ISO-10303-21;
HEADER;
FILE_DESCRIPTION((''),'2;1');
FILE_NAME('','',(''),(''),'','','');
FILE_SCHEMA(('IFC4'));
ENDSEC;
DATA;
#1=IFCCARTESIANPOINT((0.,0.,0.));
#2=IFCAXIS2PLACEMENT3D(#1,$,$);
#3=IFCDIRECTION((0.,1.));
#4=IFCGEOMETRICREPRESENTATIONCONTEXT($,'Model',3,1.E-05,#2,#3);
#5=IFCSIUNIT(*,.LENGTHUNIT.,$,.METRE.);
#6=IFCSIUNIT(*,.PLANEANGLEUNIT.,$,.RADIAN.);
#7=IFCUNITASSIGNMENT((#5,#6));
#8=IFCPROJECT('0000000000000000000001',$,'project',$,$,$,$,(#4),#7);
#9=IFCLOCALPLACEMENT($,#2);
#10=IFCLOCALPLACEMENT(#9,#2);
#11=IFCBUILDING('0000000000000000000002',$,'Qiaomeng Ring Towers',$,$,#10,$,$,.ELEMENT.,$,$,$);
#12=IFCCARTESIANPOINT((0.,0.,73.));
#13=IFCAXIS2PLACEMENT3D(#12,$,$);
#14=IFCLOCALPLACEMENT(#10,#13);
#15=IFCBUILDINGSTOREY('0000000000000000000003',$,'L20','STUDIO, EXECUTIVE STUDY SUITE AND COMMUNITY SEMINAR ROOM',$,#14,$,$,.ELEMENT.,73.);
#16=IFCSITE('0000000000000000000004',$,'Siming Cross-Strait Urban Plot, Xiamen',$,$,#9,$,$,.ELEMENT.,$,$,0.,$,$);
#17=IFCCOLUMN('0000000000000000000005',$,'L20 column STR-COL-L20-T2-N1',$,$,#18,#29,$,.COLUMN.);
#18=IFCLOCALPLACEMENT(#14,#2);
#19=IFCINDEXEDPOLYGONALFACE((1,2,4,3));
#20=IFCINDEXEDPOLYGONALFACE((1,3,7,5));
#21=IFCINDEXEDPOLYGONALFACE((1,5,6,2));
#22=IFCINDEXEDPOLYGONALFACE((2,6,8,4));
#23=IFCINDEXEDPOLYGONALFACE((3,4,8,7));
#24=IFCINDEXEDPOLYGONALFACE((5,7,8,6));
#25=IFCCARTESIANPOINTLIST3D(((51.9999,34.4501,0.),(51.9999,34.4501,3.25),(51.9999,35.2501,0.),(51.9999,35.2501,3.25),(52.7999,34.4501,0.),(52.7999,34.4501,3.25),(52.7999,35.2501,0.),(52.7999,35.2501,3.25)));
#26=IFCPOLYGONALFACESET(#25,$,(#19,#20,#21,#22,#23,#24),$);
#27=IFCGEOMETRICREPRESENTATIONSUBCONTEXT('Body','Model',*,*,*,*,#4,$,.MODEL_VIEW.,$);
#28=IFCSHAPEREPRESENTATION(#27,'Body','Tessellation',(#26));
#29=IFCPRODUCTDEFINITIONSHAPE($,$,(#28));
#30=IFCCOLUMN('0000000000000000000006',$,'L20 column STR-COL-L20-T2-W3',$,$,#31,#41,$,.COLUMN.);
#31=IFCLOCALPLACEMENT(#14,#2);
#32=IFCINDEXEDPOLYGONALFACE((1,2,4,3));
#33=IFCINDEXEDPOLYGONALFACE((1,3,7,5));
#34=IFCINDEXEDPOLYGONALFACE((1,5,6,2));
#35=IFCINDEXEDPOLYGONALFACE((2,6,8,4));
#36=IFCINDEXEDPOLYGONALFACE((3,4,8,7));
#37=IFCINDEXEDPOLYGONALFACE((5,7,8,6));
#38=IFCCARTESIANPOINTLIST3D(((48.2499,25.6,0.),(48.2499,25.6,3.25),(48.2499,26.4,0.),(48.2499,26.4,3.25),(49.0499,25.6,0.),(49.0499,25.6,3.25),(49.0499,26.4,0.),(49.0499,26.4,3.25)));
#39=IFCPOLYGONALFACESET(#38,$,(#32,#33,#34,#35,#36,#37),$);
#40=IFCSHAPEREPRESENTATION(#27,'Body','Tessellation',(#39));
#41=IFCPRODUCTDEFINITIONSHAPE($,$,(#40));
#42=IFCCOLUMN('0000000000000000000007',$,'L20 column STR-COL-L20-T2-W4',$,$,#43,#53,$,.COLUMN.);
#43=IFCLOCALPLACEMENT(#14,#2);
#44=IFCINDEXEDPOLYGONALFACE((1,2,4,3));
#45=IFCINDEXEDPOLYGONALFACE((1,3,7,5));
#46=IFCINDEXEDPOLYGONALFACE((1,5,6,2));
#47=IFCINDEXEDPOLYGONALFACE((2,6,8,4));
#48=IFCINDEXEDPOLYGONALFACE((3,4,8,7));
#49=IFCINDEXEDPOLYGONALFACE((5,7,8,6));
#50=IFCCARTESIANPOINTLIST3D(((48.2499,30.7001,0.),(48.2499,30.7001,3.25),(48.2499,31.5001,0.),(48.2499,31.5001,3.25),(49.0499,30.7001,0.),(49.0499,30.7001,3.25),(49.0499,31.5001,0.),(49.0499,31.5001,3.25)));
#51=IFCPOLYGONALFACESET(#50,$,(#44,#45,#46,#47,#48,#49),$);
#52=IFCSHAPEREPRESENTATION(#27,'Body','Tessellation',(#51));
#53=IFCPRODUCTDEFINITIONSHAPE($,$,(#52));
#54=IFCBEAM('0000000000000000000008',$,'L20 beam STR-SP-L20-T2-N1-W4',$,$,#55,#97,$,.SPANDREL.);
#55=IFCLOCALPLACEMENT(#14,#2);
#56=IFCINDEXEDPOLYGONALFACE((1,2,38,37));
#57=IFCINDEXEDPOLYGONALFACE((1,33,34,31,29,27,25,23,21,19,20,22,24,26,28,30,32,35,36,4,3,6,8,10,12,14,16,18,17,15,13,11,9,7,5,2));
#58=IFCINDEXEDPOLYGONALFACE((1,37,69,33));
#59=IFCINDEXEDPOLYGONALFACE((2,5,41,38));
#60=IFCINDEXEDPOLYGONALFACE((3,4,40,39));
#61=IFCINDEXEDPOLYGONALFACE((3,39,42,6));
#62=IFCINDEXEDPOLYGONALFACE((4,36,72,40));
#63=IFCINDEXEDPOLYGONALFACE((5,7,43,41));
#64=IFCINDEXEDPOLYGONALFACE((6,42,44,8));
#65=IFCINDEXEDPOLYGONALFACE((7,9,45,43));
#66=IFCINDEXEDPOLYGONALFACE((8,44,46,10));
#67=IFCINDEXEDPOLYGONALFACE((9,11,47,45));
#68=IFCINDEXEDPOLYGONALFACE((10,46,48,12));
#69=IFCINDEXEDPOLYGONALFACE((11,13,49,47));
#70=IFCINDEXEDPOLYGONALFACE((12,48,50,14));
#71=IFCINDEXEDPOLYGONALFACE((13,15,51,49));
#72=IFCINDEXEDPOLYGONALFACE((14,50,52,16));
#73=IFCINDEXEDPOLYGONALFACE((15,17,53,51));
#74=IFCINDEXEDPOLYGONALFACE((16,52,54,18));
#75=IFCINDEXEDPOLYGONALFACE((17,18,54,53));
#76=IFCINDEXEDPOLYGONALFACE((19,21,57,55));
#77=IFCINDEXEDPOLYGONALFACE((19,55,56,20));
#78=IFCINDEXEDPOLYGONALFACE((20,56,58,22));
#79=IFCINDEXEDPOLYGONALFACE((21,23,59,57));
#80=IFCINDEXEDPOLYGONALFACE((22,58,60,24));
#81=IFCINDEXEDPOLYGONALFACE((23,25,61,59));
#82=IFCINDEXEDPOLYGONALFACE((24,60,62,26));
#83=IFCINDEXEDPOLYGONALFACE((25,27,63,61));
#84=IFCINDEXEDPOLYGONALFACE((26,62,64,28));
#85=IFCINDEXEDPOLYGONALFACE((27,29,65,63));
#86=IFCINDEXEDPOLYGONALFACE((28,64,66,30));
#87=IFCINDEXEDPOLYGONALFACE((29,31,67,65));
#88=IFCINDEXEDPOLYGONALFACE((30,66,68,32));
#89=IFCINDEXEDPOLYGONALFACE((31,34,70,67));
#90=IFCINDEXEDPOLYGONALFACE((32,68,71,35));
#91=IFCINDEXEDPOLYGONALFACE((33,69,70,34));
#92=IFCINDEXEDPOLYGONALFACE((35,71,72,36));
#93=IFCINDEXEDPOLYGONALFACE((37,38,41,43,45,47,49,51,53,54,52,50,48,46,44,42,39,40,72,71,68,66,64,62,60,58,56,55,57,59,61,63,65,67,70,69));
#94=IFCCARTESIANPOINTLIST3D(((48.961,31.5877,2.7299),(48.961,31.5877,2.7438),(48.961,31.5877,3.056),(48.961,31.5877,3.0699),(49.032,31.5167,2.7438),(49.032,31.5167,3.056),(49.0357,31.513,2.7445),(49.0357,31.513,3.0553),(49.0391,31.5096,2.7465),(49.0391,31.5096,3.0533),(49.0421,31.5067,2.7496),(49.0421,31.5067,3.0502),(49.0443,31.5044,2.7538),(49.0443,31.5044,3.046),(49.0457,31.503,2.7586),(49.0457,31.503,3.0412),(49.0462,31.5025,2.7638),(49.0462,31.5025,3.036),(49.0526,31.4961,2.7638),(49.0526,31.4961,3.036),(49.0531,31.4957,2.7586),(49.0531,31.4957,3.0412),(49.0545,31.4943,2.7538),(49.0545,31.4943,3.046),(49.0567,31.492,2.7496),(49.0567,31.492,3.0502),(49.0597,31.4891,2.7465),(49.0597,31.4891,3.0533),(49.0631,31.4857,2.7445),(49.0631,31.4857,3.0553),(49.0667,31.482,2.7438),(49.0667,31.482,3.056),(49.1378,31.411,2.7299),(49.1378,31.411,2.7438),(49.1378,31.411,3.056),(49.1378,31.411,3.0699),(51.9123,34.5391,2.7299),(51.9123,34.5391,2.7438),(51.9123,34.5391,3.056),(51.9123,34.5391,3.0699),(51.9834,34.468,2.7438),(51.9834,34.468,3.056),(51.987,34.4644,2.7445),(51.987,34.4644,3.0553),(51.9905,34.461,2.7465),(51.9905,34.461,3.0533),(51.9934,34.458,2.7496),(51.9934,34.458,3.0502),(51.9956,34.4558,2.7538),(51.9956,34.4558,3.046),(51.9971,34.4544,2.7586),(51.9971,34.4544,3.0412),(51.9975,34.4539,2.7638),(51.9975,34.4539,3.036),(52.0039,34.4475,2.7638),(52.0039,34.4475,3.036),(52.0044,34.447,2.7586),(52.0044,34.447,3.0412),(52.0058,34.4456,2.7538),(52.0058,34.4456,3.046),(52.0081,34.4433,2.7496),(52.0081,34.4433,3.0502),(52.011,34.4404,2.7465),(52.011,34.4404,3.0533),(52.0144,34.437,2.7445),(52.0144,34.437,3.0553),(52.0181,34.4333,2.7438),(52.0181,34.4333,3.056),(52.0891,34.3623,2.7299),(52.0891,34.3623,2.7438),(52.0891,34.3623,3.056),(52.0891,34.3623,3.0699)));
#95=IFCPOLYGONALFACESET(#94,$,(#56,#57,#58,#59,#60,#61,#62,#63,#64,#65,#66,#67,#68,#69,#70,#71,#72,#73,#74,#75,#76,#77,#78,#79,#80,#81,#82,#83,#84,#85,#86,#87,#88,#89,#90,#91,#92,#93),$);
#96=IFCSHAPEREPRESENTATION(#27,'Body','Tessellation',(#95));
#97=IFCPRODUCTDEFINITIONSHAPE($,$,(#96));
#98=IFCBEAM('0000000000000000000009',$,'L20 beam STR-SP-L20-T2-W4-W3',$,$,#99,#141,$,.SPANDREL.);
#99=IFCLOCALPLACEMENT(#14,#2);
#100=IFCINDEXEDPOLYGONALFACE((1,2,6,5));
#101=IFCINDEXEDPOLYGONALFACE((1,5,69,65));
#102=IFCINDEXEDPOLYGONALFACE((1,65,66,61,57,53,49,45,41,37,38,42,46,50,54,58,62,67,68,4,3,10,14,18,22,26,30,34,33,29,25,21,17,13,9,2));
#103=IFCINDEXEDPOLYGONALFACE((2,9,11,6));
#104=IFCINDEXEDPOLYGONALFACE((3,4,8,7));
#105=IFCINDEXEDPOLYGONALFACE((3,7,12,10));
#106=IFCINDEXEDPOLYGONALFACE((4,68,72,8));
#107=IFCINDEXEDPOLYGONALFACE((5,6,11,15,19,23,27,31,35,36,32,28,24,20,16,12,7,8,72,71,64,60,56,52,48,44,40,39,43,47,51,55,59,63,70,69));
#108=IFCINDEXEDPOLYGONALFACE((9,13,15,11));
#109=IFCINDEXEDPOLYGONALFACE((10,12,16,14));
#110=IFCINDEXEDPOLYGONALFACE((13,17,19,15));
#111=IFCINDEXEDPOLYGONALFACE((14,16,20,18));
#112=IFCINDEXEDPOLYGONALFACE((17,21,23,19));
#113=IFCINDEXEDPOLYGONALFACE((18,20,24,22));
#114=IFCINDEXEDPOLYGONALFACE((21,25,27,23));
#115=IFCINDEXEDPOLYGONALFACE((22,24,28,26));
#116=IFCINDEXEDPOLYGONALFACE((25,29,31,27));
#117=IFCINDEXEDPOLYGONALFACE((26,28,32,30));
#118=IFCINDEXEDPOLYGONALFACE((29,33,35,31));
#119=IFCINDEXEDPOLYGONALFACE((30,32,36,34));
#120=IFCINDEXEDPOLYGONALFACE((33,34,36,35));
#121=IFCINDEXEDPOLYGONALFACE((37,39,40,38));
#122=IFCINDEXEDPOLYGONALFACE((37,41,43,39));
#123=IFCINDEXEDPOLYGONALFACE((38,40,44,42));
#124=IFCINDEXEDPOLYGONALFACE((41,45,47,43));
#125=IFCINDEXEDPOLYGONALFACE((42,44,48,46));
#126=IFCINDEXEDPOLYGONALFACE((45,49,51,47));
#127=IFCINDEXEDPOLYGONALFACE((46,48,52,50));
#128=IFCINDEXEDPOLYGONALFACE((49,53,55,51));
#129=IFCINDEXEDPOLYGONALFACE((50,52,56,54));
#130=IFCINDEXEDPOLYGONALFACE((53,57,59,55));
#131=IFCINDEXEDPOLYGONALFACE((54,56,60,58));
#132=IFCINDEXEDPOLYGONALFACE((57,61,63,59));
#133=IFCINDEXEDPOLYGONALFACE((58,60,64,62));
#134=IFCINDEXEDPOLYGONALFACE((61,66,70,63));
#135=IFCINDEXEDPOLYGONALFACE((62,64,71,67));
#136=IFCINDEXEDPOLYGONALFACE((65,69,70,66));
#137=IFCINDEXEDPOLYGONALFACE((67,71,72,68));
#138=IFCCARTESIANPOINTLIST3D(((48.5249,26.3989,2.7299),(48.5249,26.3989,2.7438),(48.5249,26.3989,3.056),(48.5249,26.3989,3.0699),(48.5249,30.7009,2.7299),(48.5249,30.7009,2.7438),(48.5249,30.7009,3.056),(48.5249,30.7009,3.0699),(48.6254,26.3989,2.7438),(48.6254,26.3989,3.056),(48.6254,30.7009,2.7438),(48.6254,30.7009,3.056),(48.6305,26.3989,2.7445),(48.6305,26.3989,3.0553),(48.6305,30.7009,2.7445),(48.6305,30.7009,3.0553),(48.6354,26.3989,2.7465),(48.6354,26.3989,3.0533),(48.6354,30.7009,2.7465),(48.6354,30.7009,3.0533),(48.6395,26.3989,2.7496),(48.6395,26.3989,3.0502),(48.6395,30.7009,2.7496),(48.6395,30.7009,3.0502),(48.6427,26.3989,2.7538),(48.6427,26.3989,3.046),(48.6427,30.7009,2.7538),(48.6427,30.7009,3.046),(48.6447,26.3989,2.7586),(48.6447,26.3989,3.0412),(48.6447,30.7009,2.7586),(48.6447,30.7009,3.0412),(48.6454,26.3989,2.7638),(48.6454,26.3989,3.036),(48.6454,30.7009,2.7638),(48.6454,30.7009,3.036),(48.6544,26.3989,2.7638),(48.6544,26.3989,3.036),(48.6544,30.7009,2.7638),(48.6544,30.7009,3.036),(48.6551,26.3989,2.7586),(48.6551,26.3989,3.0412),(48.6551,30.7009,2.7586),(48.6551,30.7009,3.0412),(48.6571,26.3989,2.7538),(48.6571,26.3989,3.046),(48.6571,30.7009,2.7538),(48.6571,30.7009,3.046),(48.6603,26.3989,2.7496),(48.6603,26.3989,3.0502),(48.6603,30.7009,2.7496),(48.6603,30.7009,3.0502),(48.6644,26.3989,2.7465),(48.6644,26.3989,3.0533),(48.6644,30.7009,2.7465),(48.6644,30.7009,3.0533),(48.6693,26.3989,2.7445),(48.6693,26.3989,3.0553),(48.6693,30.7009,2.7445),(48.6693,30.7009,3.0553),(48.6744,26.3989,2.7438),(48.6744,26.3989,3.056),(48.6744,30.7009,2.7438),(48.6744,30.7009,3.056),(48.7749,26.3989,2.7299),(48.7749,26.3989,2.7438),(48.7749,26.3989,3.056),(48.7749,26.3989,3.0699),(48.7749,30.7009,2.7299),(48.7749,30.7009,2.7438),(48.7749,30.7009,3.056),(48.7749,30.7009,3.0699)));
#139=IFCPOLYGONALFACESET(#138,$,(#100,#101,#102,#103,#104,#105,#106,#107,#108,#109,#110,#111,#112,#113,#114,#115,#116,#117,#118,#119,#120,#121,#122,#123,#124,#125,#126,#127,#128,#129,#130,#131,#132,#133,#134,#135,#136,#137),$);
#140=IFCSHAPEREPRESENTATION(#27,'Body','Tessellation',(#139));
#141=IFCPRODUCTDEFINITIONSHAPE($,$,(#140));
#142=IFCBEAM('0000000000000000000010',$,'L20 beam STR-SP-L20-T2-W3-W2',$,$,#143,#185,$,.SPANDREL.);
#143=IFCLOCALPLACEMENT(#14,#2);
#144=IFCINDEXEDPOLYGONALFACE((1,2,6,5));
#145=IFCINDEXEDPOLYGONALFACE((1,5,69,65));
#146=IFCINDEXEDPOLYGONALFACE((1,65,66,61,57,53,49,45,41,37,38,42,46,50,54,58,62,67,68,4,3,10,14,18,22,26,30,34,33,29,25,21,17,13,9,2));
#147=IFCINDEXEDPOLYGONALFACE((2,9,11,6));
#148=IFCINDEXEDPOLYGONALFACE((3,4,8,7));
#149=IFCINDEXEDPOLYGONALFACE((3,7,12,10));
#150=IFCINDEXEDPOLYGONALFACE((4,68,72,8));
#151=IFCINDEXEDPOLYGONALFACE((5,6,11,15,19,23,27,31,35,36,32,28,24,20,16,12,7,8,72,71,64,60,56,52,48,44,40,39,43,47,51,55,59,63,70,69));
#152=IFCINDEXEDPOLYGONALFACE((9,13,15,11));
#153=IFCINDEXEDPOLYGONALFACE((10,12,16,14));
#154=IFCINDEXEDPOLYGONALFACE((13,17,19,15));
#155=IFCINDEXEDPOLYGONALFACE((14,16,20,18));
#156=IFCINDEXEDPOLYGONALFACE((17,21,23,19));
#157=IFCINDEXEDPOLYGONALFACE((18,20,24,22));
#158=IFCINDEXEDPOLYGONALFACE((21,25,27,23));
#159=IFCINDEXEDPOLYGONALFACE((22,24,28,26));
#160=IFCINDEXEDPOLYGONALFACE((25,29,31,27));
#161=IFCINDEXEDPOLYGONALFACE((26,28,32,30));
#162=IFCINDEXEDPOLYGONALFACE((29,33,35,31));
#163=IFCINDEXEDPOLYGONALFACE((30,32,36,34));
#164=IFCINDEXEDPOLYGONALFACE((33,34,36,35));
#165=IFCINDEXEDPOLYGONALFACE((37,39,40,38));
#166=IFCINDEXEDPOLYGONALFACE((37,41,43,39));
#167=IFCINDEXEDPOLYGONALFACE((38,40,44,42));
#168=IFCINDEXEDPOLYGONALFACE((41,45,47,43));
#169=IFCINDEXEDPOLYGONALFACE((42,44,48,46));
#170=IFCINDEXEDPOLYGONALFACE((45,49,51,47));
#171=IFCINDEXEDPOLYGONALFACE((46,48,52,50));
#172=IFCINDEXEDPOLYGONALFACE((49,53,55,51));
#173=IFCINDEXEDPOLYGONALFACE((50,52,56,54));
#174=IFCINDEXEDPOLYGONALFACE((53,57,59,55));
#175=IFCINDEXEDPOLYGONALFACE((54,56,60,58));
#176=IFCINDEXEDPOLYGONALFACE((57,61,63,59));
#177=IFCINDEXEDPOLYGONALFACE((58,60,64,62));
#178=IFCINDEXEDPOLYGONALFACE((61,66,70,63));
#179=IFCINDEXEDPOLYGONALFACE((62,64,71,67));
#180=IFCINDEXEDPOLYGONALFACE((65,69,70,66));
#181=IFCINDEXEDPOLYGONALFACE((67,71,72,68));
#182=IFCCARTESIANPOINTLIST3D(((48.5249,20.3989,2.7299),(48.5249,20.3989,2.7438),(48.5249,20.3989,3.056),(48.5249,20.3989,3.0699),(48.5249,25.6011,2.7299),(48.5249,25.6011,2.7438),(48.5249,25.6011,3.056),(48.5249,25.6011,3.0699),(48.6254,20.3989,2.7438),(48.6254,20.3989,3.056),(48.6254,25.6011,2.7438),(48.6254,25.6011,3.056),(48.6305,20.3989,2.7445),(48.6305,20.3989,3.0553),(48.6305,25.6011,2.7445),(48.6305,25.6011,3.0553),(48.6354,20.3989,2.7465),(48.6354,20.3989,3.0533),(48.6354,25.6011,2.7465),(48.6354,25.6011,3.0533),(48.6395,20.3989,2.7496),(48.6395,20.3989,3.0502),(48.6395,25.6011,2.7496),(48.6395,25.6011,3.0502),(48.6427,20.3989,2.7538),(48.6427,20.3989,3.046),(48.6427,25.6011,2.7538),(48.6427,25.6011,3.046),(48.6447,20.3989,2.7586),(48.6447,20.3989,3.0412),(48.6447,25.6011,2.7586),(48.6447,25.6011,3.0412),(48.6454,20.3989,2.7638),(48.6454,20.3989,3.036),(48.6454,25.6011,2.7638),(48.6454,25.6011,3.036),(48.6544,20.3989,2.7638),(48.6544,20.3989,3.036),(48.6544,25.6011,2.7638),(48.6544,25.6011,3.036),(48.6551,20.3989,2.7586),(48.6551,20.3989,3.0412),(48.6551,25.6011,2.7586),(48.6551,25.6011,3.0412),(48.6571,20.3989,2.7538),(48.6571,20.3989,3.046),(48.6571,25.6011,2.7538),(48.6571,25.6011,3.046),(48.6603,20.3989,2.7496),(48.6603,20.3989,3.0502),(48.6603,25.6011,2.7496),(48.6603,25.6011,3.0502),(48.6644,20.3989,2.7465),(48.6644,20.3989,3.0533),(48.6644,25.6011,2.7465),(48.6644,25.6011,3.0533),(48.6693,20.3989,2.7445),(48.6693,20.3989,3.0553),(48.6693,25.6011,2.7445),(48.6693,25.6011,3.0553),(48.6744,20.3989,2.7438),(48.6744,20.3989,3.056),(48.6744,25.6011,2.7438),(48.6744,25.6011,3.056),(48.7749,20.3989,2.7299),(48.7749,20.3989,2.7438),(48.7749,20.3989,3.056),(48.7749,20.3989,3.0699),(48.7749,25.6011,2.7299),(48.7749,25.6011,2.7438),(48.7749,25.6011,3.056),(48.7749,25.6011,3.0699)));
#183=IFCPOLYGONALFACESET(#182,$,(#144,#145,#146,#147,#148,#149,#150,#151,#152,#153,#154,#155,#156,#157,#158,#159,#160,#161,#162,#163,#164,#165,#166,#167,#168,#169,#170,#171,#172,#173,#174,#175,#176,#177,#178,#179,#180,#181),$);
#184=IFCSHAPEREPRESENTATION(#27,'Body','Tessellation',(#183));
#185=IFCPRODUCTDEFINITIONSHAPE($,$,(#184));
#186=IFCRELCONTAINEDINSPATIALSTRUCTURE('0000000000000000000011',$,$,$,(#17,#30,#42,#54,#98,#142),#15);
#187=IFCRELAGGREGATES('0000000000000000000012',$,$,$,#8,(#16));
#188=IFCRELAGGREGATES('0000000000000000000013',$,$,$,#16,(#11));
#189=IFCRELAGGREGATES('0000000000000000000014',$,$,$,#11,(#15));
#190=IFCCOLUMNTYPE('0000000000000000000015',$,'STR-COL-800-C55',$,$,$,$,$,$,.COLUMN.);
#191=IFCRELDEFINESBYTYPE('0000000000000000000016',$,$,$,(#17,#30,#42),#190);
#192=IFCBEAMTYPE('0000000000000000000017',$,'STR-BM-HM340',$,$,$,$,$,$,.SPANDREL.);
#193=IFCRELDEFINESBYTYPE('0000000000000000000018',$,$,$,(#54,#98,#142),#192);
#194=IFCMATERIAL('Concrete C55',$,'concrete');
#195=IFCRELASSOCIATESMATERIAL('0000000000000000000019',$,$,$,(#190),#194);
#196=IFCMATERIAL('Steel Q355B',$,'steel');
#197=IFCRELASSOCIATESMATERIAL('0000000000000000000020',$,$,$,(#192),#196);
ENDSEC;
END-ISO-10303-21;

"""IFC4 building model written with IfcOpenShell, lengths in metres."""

from ifc_helpers import new_model, si_unit, direction, frame, origin, origin_2d, place, context, subcontext, project, spatial, rectangle, i_section, extrude, source, transform, mapped, material, material_profile, profile_set, type_object, element, save


model = new_model("IFC4")

# Units and contexts
model_context = context("Model", 3, precision=1e-05, world=origin(), true_north=direction((0.0, 1.0)))
body_context = subcontext(model_context, "Body", "Model", "MODEL_VIEW")
ifc_project = project(units=[si_unit("LENGTHUNIT", "METRE"), si_unit("PLANEANGLEUNIT", "RADIAN")], contexts=[model_context])

# Site, building, storey
site_placement = place(None, origin())
site = spatial("IfcSite", under=ifc_project, at=site_placement, Name="Siming Cross-Strait Urban Plot, Xiamen", CompositionType="ELEMENT", RefElevation=0.0)
building_placement = place(site_placement, origin())
building = spatial("IfcBuilding", under=site, at=building_placement, Name="Qiaomeng Ring Towers", CompositionType="ELEMENT")
storey_placement = place(building_placement, frame((0.0, 0.0, 73.0)))
storey = spatial("IfcBuildingStorey", under=building, at=storey_placement, Name="L20", Description="STUDIO, EXECUTIVE STUDY SUITE AND COMMUNITY SEMINAR ROOM", CompositionType="ELEMENT", Elevation=73.0)

# Columns
ifc_material_1 = material(Name="Concrete C55", Category="concrete")
ifc_material_profile_1 = material_profile(ifc_material_1, rectangle(XDim=0.8, YDim=0.8, at=origin_2d()), Name="RC COL 800x800")
ifc_profile_set_1 = profile_set([ifc_material_profile_1], Name="Concrete C55")
column_type = type_object("IfcColumnType", Name="STR-COL-800-C55", PredefinedType="COLUMN", material=ifc_profile_set_1)
shared_shape_1 = source(origin(), body_context, "Body", "SweptSolid", [
    extrude(rectangle(XDim=0.8, YDim=0.8, at=origin_2d()), origin(), (0.0, 0.0, 1.0), 3.25),
])
for number, where, z_axis, x_axis, name in (
    (1, (52.3999, 34.8501, 0.0), (0.0, 0.0, 1.0), (1.0, 0.0, 0.0), "L20 column STR-COL-L20-T2-N1"),
    (2, (48.6499, 26.0, 0.0), (0.0, 0.0, 1.0), (1.0, 0.0, 0.0), "L20 column STR-COL-L20-T2-W3"),
    (3, (48.6499, 31.1001, 0.0), (0.0, 0.0, 1.0), (1.0, 0.0, 0.0), "L20 column STR-COL-L20-T2-W4"),
):
    element("IfcColumn", number, at=place(storey_placement, frame(where, z_axis=z_axis, x_axis=x_axis)), inside=storey, type_object=column_type, Name=name, PredefinedType="COLUMN", context=body_context, shape_type="MappedRepresentation", body=[
        mapped(shared_shape_1, transform((0.0, 0.0, 0.0), x_axis=(1.0, 0.0, 0.0), y_axis=(0.0, 1.0, 0.0), z_axis=(0.0, 0.0, 1.0), scale=1.0)),
    ])

# Beams
ifc_material_2 = material(Name="Steel Q355B", Category="steel")
ifc_material_profile_2 = material_profile(ifc_material_2, i_section(OverallWidth=0.25, OverallDepth=0.3401, WebThickness=0.009, FlangeThickness=0.0139, FilletRadius=0.02, at=origin_2d()), Name="HM 340x250x9x14")
ifc_profile_set_2 = profile_set([ifc_material_profile_2], Name="Steel Q355B")
beam_type_1 = type_object("IfcBeamType", Name="STR-BM-HM340", PredefinedType="SPANDREL", material=ifc_profile_set_2)
shared_shape_2 = source(origin(), body_context, "Body", "SweptSolid", [
    extrude(i_section(OverallWidth=0.25, OverallDepth=0.3401, WebThickness=0.009, FlangeThickness=0.0139, FilletRadius=0.02, at=origin_2d()), origin(), (0.0, 0.0, 1.0), 4.1738),
])
beam_1_placement = place(storey_placement, frame((52.0007, 34.4507, 2.8999), z_axis=(-0.707107, -0.707107, 0.0), x_axis=(0.707107, -0.707107, 0.0)))
element("IfcBeam", 4, at=beam_1_placement, inside=storey, type_object=beam_type_1, Name="L20 beam STR-SP-L20-T2-N1-W4", PredefinedType="SPANDREL", context=body_context, shape_type="MappedRepresentation", body=[
    mapped(shared_shape_2, transform((0.0, 0.0, 0.0), x_axis=(1.0, 0.0, 0.0), y_axis=(0.0, 1.0, 0.0), z_axis=(0.0, 0.0, 1.0), scale=1.0)),
])
shared_shape_3 = source(origin(), body_context, "Body", "SweptSolid", [
    extrude(i_section(OverallWidth=0.25, OverallDepth=0.3401, WebThickness=0.009, FlangeThickness=0.0139, FilletRadius=0.02, at=origin_2d()), origin(), (0.0, 0.0, 1.0), 4.302),
])
beam_2_placement = place(storey_placement, frame((48.6499, 30.7009, 2.8999), z_axis=(0.0, -1.0, 0.0), x_axis=(1.0, 0.0, 0.0)))
element("IfcBeam", 5, at=beam_2_placement, inside=storey, type_object=beam_type_1, Name="L20 beam STR-SP-L20-T2-W4-W3", PredefinedType="SPANDREL", context=body_context, shape_type="MappedRepresentation", body=[
    mapped(shared_shape_3, transform((0.0, 0.0, 0.0), x_axis=(1.0, 0.0, 0.0), y_axis=(0.0, 1.0, 0.0), z_axis=(0.0, 0.0, 1.0), scale=1.0)),
])
shared_shape_4 = source(origin(), body_context, "Body", "SweptSolid", [
    extrude(i_section(OverallWidth=0.25, OverallDepth=0.3401, WebThickness=0.009, FlangeThickness=0.0139, FilletRadius=0.02, at=origin_2d()), origin(), (0.0, 0.0, 1.0), 5.2021),
])
beam_3_placement = place(storey_placement, frame((48.6499, 25.6011, 2.8999), z_axis=(0.0, -1.0, 0.0), x_axis=(1.0, 0.0, 0.0)))
element("IfcBeam", 6, at=beam_3_placement, inside=storey, type_object=beam_type_1, Name="L20 beam STR-SP-L20-T2-W3-W2", PredefinedType="SPANDREL", context=body_context, shape_type="MappedRepresentation", body=[
    mapped(shared_shape_4, transform((0.0, 0.0, 0.0), x_axis=(1.0, 0.0, 0.0), y_axis=(0.0, 1.0, 0.0), z_axis=(0.0, 0.0, 1.0), scale=1.0)),
])

save(model, "model.ifc")
